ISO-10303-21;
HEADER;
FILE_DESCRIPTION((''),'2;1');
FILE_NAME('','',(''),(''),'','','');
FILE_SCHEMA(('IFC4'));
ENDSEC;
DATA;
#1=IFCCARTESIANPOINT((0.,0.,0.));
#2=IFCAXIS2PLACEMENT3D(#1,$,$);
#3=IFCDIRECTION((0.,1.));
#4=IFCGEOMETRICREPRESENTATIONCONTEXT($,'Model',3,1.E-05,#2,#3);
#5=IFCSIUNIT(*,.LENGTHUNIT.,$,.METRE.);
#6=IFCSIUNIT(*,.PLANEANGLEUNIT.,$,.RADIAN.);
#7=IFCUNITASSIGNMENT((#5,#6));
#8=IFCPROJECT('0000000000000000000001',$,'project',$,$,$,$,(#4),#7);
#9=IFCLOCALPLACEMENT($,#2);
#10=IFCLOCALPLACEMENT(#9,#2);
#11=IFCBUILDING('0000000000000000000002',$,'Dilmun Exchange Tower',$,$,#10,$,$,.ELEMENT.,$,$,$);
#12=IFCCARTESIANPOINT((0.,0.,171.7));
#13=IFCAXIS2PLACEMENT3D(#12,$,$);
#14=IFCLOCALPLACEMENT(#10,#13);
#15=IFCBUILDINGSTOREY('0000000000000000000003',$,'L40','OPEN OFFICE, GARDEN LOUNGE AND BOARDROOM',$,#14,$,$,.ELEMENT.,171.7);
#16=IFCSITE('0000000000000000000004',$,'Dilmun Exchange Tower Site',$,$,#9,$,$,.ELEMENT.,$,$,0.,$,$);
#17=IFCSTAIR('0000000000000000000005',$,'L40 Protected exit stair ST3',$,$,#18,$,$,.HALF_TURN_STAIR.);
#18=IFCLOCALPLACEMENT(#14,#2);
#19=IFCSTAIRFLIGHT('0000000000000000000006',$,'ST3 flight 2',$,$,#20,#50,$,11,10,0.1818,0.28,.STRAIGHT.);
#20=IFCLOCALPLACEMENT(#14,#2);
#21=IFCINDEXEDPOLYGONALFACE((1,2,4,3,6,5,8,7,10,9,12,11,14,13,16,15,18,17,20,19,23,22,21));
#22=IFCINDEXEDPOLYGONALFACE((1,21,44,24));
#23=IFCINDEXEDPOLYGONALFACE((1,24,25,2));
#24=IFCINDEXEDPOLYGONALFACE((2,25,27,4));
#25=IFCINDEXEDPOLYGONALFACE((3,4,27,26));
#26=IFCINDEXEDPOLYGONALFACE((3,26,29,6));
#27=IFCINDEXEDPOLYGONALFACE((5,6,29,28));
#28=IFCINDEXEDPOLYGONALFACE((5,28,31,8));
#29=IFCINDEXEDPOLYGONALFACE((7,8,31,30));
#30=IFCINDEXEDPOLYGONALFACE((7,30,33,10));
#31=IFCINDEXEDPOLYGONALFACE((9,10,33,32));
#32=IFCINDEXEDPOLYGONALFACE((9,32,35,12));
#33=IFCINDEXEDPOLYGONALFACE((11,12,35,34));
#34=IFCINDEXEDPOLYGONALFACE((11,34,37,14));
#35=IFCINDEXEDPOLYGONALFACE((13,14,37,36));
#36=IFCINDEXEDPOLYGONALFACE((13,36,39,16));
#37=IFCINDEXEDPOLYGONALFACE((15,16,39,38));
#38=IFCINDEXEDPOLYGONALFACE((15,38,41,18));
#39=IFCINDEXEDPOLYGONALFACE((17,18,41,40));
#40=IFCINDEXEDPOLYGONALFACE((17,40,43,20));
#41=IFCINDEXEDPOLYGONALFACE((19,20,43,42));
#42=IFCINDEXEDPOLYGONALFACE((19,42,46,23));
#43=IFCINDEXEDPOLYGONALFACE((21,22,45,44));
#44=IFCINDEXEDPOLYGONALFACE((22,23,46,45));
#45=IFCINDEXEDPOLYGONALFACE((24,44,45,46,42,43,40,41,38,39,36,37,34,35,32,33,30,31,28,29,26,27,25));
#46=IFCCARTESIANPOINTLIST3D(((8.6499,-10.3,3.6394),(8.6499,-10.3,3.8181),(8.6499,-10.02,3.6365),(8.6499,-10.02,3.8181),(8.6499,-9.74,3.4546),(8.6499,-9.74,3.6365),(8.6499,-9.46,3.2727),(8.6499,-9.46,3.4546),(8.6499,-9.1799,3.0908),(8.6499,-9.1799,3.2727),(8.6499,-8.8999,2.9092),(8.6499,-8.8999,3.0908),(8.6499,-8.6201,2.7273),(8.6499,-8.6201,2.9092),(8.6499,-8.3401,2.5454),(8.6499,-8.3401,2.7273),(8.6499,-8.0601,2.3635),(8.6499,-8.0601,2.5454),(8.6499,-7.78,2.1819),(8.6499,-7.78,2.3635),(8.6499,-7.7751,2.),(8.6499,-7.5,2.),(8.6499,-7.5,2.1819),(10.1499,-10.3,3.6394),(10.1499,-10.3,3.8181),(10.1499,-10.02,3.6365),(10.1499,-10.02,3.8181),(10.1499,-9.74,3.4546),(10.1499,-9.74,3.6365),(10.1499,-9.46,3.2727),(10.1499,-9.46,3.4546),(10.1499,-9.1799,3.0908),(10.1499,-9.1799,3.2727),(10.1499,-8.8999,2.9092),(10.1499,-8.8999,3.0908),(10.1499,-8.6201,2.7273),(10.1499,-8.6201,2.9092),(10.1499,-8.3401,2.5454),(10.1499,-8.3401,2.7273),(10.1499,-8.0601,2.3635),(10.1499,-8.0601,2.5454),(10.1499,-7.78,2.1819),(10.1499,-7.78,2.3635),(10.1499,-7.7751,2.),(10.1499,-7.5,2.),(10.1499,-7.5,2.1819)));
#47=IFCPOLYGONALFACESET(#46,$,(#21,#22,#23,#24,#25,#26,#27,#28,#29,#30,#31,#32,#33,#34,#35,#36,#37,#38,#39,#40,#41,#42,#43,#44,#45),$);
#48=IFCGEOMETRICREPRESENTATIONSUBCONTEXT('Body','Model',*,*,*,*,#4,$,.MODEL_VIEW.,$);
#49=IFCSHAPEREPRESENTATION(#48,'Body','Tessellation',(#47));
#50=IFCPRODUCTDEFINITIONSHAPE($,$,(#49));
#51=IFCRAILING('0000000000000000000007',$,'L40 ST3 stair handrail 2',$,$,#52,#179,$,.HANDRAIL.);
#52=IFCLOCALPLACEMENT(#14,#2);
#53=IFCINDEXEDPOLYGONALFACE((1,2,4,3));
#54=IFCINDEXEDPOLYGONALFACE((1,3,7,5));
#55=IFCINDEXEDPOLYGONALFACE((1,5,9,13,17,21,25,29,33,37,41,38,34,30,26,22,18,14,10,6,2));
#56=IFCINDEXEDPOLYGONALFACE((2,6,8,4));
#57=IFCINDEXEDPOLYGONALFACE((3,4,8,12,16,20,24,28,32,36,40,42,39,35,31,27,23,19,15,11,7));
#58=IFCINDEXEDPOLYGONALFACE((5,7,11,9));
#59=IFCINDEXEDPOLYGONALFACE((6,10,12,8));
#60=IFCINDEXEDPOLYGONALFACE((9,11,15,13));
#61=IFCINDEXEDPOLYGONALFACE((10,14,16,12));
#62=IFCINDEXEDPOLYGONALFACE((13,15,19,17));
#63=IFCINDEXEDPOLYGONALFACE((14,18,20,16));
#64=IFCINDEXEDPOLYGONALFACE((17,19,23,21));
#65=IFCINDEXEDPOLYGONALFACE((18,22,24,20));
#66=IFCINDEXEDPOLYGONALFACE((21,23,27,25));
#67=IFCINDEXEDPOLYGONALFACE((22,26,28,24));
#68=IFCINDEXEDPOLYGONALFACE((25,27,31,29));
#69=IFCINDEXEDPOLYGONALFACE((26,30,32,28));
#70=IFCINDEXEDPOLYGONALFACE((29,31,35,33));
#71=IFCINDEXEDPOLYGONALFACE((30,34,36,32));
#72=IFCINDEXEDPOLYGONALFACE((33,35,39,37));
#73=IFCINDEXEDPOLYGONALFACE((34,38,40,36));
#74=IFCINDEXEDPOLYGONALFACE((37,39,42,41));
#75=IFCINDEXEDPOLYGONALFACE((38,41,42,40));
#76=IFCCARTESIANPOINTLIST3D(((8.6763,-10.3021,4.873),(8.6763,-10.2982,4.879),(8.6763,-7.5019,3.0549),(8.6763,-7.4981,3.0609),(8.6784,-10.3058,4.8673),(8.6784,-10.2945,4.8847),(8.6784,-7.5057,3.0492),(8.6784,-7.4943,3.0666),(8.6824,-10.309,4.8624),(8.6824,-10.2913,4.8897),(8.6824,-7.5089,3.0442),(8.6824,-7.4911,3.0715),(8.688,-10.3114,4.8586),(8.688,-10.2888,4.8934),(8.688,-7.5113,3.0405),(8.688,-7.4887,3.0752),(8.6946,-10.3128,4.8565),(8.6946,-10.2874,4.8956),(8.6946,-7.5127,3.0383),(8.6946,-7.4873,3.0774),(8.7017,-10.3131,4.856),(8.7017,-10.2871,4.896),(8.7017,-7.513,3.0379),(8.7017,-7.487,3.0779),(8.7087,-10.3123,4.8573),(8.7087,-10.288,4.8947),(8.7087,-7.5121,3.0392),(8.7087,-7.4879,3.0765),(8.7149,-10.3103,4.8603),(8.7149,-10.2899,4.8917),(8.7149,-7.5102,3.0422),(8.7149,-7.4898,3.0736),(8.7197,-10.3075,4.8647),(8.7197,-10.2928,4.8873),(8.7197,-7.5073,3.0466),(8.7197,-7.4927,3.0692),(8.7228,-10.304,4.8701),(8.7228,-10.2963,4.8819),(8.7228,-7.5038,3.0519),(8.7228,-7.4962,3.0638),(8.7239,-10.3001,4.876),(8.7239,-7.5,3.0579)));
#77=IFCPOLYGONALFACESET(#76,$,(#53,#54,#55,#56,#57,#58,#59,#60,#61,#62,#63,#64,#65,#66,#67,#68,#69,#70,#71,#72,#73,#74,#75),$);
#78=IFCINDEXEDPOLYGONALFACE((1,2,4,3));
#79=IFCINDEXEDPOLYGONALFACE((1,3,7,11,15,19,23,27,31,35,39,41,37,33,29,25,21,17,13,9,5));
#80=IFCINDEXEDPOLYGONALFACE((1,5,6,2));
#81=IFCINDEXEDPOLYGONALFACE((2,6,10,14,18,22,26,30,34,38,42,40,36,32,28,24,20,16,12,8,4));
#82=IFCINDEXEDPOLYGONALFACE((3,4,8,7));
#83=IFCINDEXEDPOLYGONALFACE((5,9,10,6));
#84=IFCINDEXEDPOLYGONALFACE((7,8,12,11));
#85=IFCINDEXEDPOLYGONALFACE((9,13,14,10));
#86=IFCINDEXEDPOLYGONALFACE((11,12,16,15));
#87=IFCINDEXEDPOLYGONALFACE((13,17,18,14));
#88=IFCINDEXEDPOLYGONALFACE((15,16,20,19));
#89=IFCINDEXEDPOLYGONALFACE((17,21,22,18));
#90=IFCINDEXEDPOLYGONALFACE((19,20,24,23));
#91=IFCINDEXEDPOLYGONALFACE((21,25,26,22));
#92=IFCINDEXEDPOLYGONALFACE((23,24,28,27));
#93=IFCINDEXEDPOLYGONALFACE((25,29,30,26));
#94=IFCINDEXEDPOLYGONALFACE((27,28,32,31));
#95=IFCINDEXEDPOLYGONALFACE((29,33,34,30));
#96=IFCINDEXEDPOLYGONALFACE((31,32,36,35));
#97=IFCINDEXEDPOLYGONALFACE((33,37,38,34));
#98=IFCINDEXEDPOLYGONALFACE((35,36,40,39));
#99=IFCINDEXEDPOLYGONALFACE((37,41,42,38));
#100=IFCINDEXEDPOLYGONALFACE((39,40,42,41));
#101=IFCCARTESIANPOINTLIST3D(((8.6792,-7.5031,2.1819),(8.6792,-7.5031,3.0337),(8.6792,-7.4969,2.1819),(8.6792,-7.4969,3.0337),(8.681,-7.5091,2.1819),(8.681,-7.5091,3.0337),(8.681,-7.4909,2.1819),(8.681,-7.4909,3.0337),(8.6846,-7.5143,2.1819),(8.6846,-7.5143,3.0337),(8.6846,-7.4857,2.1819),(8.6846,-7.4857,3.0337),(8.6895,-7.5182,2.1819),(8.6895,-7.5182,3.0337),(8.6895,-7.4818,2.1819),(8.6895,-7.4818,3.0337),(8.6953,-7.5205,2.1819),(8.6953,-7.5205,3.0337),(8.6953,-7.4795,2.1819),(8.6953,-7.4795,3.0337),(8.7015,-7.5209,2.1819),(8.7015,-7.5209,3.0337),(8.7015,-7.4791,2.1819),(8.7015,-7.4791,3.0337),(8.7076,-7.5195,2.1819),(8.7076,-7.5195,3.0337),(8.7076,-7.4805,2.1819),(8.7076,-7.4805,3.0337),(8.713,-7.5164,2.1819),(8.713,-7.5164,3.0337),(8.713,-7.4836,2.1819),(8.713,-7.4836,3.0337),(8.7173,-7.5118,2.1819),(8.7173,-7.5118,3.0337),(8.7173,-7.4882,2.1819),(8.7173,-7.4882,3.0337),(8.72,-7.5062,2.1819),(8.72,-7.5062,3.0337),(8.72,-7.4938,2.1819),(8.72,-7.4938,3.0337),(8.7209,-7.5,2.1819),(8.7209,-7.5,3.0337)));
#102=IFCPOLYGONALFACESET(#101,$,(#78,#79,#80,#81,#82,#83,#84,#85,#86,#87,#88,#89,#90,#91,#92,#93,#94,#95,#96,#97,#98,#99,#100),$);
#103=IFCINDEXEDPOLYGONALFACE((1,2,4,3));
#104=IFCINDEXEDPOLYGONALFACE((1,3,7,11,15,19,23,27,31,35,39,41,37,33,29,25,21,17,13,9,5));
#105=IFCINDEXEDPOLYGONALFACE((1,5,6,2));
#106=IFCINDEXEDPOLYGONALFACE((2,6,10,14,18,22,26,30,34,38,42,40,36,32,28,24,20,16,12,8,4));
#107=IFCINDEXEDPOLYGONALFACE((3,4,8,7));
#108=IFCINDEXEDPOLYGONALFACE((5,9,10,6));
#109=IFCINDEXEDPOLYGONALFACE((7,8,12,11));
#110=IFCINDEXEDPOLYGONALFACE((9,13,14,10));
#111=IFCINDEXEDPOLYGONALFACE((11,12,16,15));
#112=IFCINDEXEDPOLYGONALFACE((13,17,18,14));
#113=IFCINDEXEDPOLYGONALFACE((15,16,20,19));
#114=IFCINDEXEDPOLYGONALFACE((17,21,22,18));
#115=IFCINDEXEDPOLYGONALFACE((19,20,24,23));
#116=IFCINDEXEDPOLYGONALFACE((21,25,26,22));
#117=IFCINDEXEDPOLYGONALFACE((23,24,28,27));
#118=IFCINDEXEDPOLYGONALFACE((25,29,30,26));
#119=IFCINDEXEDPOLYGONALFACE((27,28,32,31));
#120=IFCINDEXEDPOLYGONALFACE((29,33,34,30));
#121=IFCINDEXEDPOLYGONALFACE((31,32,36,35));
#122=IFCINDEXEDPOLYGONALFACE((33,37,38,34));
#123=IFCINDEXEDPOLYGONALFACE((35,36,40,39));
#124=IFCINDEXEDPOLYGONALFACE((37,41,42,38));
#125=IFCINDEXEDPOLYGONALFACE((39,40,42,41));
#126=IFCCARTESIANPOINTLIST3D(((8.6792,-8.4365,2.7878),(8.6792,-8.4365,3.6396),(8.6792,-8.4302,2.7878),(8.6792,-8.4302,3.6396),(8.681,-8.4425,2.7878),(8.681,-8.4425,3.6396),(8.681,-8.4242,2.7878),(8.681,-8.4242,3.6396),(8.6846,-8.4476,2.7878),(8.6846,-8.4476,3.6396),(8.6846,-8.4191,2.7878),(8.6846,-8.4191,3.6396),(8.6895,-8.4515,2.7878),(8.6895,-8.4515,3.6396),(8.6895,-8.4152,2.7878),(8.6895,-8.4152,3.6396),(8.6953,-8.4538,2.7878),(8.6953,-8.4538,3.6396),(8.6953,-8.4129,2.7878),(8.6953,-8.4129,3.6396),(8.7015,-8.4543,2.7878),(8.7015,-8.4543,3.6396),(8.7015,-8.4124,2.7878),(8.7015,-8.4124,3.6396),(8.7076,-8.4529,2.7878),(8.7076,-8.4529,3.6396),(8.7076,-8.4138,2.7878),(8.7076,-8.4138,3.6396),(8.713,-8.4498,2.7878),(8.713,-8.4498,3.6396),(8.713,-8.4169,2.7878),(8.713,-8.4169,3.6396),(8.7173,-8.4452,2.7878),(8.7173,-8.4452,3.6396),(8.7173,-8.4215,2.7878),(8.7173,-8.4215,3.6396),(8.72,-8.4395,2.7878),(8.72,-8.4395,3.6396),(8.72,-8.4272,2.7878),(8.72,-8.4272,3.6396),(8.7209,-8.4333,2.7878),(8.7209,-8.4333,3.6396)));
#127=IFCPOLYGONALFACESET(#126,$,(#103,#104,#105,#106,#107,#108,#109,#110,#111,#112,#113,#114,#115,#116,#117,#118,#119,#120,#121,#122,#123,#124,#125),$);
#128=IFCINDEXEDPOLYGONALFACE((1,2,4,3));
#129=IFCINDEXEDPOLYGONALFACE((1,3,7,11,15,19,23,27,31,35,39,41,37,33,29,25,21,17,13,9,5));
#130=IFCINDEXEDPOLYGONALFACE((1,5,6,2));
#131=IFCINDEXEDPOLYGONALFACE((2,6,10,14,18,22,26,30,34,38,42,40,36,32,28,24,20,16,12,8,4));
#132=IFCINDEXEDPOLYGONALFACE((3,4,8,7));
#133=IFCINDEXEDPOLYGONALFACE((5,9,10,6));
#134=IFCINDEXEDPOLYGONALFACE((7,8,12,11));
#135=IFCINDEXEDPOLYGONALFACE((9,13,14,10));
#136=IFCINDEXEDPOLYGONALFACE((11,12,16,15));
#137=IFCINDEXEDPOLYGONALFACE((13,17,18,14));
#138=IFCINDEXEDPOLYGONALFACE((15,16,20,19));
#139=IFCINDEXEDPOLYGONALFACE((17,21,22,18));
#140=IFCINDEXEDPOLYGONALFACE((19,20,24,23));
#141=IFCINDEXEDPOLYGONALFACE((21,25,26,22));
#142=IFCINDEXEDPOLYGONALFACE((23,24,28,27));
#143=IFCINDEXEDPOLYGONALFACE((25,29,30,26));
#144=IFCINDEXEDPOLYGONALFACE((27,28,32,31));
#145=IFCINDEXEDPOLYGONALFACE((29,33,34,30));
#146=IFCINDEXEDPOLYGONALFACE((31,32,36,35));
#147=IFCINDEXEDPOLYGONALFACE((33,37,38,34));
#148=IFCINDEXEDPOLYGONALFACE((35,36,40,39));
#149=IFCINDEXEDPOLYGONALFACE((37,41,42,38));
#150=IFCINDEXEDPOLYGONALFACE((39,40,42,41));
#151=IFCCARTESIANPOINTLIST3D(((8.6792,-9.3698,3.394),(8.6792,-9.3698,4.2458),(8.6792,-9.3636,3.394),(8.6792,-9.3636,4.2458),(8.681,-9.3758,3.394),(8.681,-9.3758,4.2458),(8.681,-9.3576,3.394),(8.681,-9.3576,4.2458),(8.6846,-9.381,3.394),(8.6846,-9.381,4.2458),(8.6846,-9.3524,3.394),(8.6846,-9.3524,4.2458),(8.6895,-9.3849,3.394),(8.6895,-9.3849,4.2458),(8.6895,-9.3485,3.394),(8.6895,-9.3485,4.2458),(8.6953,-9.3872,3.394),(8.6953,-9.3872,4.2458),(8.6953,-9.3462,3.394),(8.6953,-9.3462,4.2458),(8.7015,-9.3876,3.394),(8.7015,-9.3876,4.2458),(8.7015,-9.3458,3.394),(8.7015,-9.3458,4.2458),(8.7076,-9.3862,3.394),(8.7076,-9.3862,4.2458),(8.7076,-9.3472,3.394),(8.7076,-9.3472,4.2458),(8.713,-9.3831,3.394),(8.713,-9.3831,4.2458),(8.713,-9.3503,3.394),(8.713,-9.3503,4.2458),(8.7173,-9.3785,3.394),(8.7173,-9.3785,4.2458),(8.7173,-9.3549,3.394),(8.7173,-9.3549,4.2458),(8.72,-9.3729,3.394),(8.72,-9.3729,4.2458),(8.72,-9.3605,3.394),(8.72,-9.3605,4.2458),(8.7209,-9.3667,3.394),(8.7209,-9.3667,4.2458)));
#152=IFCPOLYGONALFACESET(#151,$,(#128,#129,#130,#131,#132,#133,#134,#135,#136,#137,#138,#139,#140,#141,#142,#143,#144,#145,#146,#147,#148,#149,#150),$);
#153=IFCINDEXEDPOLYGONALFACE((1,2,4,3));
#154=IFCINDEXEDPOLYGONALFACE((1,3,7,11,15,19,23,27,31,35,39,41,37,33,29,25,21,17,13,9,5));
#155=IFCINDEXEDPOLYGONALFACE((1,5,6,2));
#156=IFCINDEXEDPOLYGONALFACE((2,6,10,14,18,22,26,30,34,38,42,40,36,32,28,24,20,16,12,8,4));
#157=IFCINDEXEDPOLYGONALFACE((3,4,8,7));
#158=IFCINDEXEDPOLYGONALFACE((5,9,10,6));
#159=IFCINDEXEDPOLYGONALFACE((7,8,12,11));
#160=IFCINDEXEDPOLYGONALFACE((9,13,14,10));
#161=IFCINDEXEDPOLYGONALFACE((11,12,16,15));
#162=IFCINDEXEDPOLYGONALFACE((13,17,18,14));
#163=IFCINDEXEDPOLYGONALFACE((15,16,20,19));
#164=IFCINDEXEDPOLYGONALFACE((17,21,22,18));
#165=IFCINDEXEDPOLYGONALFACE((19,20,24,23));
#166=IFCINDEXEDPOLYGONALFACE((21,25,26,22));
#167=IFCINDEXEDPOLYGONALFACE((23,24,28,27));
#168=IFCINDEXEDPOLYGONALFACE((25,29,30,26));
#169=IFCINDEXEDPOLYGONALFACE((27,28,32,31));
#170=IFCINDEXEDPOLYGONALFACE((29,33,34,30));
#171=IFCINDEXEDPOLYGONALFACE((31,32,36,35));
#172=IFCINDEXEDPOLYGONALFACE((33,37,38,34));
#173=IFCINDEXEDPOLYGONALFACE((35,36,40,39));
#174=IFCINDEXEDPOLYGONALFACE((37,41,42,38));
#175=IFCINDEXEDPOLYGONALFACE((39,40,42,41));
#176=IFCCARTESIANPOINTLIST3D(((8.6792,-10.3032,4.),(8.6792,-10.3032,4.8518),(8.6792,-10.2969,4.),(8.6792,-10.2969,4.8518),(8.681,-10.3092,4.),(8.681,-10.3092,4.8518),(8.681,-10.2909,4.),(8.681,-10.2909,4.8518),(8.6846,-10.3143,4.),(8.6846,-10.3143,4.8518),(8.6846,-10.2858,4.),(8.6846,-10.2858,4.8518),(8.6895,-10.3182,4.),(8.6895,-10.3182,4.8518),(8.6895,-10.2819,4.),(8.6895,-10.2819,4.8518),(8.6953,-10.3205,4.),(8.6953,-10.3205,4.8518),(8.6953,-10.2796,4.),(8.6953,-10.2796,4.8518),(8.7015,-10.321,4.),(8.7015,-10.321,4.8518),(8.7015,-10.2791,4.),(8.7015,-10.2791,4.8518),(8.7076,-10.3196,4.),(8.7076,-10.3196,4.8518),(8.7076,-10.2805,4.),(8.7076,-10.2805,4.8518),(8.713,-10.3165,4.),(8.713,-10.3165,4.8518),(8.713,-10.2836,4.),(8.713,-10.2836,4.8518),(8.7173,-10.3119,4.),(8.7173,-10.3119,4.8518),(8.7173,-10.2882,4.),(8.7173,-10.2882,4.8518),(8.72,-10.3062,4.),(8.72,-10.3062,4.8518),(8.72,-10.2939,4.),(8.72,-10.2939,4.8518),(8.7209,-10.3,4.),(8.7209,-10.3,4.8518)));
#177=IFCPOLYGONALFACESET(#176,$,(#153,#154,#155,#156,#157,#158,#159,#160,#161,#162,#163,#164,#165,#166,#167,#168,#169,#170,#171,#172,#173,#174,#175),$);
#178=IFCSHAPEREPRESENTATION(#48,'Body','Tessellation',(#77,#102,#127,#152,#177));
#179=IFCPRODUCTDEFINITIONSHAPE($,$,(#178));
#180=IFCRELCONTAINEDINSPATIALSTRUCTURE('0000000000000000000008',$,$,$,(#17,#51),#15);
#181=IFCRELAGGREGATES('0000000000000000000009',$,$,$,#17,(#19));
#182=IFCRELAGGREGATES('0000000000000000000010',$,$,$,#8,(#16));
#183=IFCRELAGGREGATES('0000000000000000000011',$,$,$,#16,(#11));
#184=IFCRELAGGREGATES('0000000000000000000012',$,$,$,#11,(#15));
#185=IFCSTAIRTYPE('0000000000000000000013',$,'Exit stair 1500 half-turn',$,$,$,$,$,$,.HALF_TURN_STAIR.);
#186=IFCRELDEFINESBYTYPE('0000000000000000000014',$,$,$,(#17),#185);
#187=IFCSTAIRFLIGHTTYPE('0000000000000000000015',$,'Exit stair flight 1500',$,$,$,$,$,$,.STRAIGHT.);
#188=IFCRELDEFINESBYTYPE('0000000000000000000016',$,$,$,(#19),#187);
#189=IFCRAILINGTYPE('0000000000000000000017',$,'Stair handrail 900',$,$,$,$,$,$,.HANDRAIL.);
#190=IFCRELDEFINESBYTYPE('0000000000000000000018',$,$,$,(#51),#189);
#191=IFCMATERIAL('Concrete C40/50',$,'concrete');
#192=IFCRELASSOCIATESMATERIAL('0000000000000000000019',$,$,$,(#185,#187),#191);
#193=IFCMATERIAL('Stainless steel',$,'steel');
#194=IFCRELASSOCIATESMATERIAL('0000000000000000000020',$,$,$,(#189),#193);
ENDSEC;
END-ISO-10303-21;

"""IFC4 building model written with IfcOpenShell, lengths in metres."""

from ifc_helpers import new_model, si_unit, direction, frame, origin, origin_2d, place, context, subcontext, project, spatial, polyline, circle, outline, extrude, material, type_object, element, aggregate, save


model = new_model("IFC4")

# Units and contexts
model_context = context("Model", 3, precision=1e-05, world=origin(), true_north=direction((0.0, 1.0)))
body_context = subcontext(model_context, "Body", "Model", "MODEL_VIEW")
ifc_project = project(units=[si_unit("LENGTHUNIT", "METRE"), si_unit("PLANEANGLEUNIT", "RADIAN")], contexts=[model_context])

# Site, building, storey
site_placement = place(None, origin())
site = spatial("IfcSite", under=ifc_project, at=site_placement, Name="Dilmun Exchange Tower Site", CompositionType="ELEMENT", RefElevation=0.0)
building_placement = place(site_placement, origin())
building = spatial("IfcBuilding", under=site, at=building_placement, Name="Dilmun Exchange Tower", CompositionType="ELEMENT")
storey_placement = place(building_placement, frame((0.0, 0.0, 171.7)))
storey = spatial("IfcBuildingStorey", under=building, at=storey_placement, Name="L40", Description="OPEN OFFICE, GARDEN LOUNGE AND BOARDROOM", CompositionType="ELEMENT", Elevation=171.7)

# Shared definitions
ifc_material_1 = material(Name="Concrete C40/50", Category="concrete")

# Stair, stair flight
stair_type = type_object("IfcStairType", Name="Exit stair 1500 half-turn", PredefinedType="HALF_TURN_STAIR", material=ifc_material_1)
stair_placement = place(storey_placement, origin())
stair = element("IfcStair", 1, at=stair_placement, inside=storey, type_object=stair_type, Name="L40 Protected exit stair ST3", PredefinedType="HALF_TURN_STAIR")
stair_flight_type = type_object("IfcStairFlightType", Name="Exit stair flight 1500", PredefinedType="STRAIGHT", material=ifc_material_1)
stair_flight_1_placement = place(storey_placement, frame((9.3999, -7.5, 2.0), z_axis=(0.0, 0.0, 1.0), x_axis=(0.0, -1.0, 0.0)))
stair_flight_1 = element("IfcStairFlight", 2, at=stair_flight_1_placement, type_object=stair_flight_type, Name="ST3 flight 2", NumberOfRisers=11, NumberOfTreads=10, PredefinedType="STRAIGHT", RiserHeight=0.1818, TreadLength=0.28, context=body_context, shape_type="SweptSolid", body=[
    extrude(outline(polyline([(0.0, 0.0), (0.0, 0.1819), (0.28, 0.1819), (0.28, 0.3635), (0.5601, 0.3635), (0.5601, 0.5454), (0.8401, 0.5454), (0.8401, 0.7273), (1.1201, 0.7273), (1.1201, 0.9092), (1.3999, 0.9092), (1.3999, 1.0908), (1.6799, 1.0908), (1.6799, 1.2727), (1.96, 1.2727), (1.96, 1.4546), (2.24, 1.4546), (2.24, 1.6365), (2.52, 1.6365), (2.52, 1.8181), (2.8, 1.8181), (2.8, 2.0), (2.8, 1.6394), (0.2751, 0.0), (0.0, 0.0)])), frame((0.0, 0.75, 0.0), z_axis=(0.0, -1.0, 0.0), x_axis=(1.0, 0.0, 0.0)), (0.0, 0.0, 1.0), 1.5),
])
aggregate(stair, [stair_flight_1])

# Railing
ifc_material_2 = material(Name="Stainless steel", Category="steel")
railing_type = type_object("IfcRailingType", Name="Stair handrail 900", PredefinedType="HANDRAIL", material=ifc_material_2)
railing_placement = place(storey_placement, frame((8.7, -7.5, 2.1819)))
element("IfcRailing", 3, at=railing_placement, inside=storey, type_object=railing_type, Name="L40 ST3 stair handrail 2", PredefinedType="HANDRAIL", context=body_context, shape_type="SweptSolid", body=[
    extrude(circle(Radius=0.0239, at=origin_2d()), frame((0.0, 0.0, 0.876), z_axis=(0.0, -0.838706, 0.544585), x_axis=(1.0, 0.0, 0.0)), (0.0, 0.0, 1.0), 3.3386),
    extrude(circle(Radius=0.021, at=origin_2d()), origin(), (0.0, 0.0, 1.0), 0.8518),
    extrude(circle(Radius=0.021, at=origin_2d()), frame((0.0, -0.9333, 0.606)), (0.0, 0.0, 1.0), 0.8518),
    extrude(circle(Radius=0.021, at=origin_2d()), frame((0.0, -1.8667, 1.2122)), (0.0, 0.0, 1.0), 0.8518),
    extrude(circle(Radius=0.021, at=origin_2d()), frame((0.0, -2.8, 1.8181)), (0.0, 0.0, 1.0), 0.8518),
])

save(model, "model.ifc")
